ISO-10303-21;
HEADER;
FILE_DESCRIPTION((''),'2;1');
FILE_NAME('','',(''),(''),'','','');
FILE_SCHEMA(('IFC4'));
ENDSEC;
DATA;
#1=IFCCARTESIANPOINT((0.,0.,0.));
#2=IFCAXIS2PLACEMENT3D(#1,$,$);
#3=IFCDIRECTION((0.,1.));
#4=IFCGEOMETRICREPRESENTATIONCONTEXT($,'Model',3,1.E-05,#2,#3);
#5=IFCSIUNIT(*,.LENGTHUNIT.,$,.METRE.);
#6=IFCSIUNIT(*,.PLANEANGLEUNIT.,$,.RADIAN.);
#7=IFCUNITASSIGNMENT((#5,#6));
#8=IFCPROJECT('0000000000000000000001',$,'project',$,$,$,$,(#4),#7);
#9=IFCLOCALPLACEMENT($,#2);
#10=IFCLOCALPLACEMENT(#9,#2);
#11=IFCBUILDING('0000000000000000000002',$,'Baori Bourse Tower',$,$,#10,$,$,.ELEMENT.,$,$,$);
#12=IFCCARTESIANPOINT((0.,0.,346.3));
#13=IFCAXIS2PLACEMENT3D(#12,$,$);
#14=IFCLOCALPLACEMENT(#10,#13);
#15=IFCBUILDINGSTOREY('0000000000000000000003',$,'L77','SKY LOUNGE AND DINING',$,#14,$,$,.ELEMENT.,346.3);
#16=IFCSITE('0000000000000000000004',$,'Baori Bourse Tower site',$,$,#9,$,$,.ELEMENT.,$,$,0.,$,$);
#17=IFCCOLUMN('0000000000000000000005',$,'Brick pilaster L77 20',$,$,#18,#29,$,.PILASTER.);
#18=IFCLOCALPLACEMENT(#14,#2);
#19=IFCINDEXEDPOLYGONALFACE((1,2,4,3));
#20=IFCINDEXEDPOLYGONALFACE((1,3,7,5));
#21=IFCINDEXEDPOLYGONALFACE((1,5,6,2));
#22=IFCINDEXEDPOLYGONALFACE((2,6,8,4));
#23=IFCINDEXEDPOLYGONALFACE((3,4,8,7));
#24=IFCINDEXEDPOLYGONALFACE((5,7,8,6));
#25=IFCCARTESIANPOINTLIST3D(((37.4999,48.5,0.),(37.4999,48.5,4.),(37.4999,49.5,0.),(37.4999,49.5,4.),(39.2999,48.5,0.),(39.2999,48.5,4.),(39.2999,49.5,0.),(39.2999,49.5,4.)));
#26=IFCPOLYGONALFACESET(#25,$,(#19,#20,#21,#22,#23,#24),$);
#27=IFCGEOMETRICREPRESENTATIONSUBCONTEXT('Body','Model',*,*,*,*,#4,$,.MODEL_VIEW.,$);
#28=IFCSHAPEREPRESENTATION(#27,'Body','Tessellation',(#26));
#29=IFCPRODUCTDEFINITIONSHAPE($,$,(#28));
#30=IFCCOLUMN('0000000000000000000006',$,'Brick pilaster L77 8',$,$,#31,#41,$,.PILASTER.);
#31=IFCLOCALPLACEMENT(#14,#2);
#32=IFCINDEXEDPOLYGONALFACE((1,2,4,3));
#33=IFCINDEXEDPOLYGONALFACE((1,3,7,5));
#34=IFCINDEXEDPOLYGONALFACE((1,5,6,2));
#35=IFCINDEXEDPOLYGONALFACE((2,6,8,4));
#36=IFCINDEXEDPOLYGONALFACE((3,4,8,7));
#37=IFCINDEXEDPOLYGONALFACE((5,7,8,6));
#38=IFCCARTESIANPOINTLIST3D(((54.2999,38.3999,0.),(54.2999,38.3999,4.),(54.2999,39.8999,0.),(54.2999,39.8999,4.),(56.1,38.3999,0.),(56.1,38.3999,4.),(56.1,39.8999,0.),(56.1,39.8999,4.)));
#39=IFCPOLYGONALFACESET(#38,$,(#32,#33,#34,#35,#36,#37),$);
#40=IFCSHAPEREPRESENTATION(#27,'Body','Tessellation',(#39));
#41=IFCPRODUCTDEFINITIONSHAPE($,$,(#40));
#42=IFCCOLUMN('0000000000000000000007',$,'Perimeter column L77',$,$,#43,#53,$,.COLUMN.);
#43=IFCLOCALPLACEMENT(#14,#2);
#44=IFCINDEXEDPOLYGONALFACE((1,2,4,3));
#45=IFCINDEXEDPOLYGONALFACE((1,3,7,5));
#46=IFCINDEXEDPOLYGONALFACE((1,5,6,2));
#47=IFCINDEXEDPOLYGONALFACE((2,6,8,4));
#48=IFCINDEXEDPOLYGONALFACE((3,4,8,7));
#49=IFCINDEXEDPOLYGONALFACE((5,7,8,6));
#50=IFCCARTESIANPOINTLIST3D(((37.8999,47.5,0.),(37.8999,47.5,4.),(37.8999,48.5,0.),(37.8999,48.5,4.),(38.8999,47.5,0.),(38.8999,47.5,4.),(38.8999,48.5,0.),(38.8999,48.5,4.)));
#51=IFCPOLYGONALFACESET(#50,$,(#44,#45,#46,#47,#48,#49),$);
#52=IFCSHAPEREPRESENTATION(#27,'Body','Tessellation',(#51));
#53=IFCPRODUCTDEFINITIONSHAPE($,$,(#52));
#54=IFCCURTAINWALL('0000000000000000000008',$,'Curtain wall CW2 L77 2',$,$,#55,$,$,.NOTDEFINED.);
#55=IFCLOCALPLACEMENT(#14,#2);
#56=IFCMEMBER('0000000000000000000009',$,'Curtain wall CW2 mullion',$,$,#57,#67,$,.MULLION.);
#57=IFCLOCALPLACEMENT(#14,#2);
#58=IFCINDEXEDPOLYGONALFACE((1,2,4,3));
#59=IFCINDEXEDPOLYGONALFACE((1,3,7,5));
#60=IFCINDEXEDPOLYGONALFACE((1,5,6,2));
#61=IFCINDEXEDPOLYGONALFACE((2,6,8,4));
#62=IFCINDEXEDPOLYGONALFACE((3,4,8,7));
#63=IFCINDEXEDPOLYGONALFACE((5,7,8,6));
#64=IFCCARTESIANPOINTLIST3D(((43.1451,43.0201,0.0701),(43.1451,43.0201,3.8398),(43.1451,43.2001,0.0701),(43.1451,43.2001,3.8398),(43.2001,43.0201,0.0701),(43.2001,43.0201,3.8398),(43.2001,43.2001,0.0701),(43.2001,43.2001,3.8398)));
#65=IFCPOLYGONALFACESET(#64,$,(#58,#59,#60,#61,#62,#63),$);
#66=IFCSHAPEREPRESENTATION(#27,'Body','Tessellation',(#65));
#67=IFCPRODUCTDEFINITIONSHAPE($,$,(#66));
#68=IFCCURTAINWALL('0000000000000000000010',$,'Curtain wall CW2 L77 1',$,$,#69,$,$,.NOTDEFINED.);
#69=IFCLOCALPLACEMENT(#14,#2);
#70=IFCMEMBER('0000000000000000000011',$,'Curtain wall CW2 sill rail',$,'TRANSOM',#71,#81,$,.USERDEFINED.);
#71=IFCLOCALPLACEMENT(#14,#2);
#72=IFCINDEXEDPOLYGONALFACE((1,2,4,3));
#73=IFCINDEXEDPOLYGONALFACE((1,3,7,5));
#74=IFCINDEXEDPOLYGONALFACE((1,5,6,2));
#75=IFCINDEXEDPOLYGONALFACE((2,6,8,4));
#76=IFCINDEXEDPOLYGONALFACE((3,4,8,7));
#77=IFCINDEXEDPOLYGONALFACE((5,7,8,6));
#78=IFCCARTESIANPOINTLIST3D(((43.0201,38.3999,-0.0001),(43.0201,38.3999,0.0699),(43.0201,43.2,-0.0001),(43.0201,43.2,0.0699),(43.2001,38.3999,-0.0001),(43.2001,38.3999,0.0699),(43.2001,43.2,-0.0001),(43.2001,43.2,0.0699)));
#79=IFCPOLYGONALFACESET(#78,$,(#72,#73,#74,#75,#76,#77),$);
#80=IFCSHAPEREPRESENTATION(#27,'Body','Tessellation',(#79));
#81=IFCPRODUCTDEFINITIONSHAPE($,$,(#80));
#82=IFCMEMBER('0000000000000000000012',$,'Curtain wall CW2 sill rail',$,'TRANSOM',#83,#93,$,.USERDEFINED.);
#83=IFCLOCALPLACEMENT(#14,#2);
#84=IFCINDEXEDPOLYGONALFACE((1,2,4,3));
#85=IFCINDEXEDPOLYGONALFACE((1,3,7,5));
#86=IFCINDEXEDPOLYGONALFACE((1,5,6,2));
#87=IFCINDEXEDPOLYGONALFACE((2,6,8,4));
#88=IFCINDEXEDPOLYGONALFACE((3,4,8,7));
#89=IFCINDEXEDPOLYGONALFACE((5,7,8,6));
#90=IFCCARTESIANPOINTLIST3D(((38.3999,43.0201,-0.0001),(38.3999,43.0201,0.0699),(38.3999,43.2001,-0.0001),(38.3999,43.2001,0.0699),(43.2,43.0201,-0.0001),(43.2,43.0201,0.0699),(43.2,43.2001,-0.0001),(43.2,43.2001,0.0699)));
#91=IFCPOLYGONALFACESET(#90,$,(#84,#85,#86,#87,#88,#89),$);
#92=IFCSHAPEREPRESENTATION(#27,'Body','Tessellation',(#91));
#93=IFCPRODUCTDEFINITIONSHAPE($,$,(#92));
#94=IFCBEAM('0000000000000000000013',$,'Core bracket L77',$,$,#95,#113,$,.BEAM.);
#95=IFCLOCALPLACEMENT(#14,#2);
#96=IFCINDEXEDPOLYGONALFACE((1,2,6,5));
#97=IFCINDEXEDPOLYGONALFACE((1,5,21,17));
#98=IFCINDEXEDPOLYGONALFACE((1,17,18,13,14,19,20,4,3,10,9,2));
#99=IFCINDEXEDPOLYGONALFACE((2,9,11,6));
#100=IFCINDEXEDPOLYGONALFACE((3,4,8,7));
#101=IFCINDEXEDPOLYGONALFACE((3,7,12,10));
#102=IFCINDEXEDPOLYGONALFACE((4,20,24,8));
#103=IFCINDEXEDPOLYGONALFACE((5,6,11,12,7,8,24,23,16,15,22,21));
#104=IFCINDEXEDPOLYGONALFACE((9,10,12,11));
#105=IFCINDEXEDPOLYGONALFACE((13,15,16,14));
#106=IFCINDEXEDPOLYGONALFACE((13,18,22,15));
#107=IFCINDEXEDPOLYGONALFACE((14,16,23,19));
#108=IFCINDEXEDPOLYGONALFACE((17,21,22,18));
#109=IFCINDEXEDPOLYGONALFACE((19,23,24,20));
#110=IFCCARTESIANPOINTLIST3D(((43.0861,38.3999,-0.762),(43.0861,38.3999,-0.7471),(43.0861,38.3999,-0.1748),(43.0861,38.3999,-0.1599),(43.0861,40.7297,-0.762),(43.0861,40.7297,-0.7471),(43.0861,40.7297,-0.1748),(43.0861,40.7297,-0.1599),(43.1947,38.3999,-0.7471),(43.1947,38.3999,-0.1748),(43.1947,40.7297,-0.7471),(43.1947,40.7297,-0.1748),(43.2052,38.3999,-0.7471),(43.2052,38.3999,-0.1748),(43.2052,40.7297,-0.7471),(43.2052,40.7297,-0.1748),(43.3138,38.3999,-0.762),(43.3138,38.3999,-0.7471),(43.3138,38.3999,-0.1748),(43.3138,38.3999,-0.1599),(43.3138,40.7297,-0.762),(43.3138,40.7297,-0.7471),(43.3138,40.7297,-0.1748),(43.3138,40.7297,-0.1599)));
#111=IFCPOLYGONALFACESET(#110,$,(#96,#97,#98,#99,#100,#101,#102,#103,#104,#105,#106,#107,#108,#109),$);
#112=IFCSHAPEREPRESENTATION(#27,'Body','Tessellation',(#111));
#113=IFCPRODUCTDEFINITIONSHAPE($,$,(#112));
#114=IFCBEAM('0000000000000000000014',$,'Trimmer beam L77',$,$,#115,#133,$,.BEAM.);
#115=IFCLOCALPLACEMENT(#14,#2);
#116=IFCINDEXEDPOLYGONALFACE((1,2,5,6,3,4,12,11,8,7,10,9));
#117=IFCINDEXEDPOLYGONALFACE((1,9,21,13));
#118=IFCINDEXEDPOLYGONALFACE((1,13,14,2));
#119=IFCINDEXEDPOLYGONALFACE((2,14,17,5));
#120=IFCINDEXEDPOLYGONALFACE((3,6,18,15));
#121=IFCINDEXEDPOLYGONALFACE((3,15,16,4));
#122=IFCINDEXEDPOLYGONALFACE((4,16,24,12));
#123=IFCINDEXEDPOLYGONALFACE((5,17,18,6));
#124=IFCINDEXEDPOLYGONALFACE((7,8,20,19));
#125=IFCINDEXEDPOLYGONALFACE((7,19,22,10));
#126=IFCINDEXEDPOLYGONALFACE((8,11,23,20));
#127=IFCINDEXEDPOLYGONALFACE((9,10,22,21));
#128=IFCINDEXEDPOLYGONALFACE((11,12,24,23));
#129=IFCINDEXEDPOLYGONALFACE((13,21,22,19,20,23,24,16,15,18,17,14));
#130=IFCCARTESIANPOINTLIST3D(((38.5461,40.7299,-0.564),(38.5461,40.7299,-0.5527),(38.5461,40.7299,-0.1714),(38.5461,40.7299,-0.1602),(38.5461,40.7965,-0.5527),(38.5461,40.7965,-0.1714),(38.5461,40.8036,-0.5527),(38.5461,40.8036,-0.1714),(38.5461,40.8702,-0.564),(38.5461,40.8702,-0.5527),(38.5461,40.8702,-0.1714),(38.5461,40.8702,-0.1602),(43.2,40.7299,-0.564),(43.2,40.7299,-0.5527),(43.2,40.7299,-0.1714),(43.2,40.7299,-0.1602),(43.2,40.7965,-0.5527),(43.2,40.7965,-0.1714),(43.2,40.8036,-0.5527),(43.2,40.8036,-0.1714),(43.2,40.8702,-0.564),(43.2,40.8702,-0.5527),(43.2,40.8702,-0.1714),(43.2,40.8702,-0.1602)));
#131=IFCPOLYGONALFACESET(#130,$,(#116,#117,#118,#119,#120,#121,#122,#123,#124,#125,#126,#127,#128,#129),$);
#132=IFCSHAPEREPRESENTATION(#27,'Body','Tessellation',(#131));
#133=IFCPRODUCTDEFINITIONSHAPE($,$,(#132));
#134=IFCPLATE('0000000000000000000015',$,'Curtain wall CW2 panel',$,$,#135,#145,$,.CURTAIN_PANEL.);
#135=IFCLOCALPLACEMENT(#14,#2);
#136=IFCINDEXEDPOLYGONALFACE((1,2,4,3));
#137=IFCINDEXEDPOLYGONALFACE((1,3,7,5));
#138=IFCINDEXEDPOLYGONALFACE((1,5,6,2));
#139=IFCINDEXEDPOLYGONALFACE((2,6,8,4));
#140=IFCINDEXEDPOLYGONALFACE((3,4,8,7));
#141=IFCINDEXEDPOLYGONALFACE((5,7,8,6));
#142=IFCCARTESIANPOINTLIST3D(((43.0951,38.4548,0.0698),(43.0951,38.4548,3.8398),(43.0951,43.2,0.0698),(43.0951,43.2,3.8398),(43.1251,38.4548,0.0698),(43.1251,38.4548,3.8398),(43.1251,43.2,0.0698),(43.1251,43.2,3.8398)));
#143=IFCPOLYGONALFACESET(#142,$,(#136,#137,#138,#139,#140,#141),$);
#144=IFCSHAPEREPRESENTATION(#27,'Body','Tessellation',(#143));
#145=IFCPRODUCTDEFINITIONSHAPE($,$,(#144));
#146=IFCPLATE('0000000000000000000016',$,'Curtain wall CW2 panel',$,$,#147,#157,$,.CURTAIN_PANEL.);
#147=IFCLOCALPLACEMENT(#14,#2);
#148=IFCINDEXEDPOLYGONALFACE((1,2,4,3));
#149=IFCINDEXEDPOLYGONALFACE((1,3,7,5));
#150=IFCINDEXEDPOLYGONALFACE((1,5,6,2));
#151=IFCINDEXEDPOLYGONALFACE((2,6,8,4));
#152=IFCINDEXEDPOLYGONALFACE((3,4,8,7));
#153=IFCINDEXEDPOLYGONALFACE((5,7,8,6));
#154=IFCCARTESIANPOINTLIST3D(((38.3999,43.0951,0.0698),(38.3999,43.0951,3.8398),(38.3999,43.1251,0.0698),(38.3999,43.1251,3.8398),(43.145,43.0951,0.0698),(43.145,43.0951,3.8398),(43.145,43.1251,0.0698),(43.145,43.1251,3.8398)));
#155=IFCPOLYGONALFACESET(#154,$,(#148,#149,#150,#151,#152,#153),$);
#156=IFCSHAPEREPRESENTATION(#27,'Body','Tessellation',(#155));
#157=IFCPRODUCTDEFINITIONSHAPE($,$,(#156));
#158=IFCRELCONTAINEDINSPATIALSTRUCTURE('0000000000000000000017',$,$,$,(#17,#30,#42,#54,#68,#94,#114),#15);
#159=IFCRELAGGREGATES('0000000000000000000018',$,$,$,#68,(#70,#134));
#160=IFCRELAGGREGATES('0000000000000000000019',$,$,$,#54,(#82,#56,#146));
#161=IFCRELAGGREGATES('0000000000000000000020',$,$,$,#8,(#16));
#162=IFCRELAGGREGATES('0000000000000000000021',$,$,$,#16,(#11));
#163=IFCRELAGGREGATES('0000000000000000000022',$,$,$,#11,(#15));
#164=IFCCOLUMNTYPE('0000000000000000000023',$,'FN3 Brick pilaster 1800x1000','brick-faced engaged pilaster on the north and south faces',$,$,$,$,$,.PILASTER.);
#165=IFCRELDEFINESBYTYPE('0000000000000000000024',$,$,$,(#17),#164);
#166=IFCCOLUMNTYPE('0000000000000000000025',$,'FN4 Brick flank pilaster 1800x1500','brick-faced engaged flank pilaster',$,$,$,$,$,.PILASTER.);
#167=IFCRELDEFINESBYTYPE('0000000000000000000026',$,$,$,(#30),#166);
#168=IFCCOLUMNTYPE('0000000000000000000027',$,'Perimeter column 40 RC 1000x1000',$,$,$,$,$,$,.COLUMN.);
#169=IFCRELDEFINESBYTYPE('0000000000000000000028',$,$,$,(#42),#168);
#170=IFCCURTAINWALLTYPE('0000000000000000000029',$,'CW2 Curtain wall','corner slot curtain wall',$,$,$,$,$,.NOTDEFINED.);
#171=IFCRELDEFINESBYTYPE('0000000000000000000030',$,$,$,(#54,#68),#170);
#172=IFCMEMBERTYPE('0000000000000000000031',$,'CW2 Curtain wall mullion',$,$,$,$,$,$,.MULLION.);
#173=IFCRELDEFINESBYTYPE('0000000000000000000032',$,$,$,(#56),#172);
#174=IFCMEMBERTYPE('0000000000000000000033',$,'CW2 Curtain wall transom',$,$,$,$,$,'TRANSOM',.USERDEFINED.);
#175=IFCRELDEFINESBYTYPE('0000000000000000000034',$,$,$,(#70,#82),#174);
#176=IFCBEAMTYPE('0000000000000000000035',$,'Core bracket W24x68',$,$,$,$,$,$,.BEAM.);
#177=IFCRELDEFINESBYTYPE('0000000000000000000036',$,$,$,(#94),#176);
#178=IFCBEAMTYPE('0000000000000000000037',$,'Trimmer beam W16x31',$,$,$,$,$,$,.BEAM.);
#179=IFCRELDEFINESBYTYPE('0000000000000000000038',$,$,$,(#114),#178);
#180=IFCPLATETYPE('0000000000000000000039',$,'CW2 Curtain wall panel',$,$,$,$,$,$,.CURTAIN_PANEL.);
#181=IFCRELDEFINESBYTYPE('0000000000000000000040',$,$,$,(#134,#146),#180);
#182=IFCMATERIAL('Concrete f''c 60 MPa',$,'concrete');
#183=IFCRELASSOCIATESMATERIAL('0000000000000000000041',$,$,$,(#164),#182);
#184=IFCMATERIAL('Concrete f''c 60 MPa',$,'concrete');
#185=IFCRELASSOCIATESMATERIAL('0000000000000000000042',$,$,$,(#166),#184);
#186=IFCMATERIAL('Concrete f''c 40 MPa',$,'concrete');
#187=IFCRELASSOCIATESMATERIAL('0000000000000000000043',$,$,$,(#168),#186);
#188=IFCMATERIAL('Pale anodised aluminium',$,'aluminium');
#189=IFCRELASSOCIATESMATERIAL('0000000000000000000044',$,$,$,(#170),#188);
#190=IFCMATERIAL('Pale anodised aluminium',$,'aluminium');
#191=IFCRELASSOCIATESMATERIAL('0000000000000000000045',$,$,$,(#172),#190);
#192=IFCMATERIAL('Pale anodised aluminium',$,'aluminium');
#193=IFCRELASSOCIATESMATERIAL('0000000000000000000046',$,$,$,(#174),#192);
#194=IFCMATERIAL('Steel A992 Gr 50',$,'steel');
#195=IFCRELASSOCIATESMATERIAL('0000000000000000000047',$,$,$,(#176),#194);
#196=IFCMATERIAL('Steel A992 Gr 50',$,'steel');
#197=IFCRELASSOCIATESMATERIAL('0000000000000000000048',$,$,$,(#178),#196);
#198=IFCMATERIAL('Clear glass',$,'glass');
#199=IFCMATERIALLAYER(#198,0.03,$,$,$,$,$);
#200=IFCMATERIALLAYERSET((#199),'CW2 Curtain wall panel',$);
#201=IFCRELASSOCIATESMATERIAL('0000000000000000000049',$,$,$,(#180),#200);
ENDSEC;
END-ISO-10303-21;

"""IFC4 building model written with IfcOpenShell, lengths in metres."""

from ifc_helpers import new_model, si_unit, direction, frame, origin, origin_2d, place, context, subcontext, project, spatial, rectangle, i_section, extrude, material, layer, layer_set, material_profile, profile_set, type_object, element, aggregate, save


model = new_model("IFC4")

# Units and contexts
model_context = context("Model", 3, precision=1e-05, world=origin(), true_north=direction((0.0, 1.0)))
body_context = subcontext(model_context, "Body", "Model", "MODEL_VIEW")
ifc_project = project(units=[si_unit("LENGTHUNIT", "METRE"), si_unit("PLANEANGLEUNIT", "RADIAN")], contexts=[model_context])

# Site, building, storey
site_placement = place(None, origin())
site = spatial("IfcSite", under=ifc_project, at=site_placement, Name="Baori Bourse Tower site", CompositionType="ELEMENT", RefElevation=0.0)
building_placement = place(site_placement, origin())
building = spatial("IfcBuilding", under=site, at=building_placement, Name="Baori Bourse Tower", CompositionType="ELEMENT")
storey_placement = place(building_placement, frame((0.0, 0.0, 346.3)))
storey = spatial("IfcBuildingStorey", under=building, at=storey_placement, Name="L77", Description="SKY LOUNGE AND DINING", CompositionType="ELEMENT", Elevation=346.3)

# Columns
ifc_material_1 = material(Name="Concrete f'c 60 MPa", Category="concrete")
ifc_material_profile_1 = material_profile(ifc_material_1, rectangle(XDim=1.8, YDim=1.0, at=origin_2d()), Name="RC 1800x1000")
ifc_profile_set_1 = profile_set([ifc_material_profile_1], Name="Concrete f'c 60 MPa")
column_type_1 = type_object("IfcColumnType", Name="FN3 Brick pilaster 1800x1000", Description="brick-faced engaged pilaster on the north and south faces", PredefinedType="PILASTER", material=ifc_profile_set_1)
column_1_placement = place(storey_placement, frame((38.3999, 49.0, 0.0), z_axis=(0.0, 0.0, 1.0), x_axis=(1.0, 0.0, 0.0)))
element("IfcColumn", 1, at=column_1_placement, inside=storey, type_object=column_type_1, Name="Brick pilaster L77 20", PredefinedType="PILASTER", context=body_context, shape_type="SweptSolid", body=[
    extrude(rectangle(XDim=1.8, YDim=1.0, at=origin_2d()), origin(), (0.0, 0.0, 1.0), 4.0),
])
ifc_material_2 = material(Name="Concrete f'c 60 MPa", Category="concrete")
ifc_material_profile_2 = material_profile(ifc_material_2, rectangle(XDim=1.8, YDim=1.5, at=origin_2d()), Name="RC 1800x1500")
ifc_profile_set_2 = profile_set([ifc_material_profile_2], Name="Concrete f'c 60 MPa")
column_type_2 = type_object("IfcColumnType", Name="FN4 Brick flank pilaster 1800x1500", Description="brick-faced engaged flank pilaster", PredefinedType="PILASTER", material=ifc_profile_set_2)
column_2_placement = place(storey_placement, frame((55.2, 39.1499, 0.0), z_axis=(0.0, 0.0, 1.0), x_axis=(1.0, 0.0, 0.0)))
element("IfcColumn", 2, at=column_2_placement, inside=storey, type_object=column_type_2, Name="Brick pilaster L77 8", PredefinedType="PILASTER", context=body_context, shape_type="SweptSolid", body=[
    extrude(rectangle(XDim=1.8, YDim=1.5, at=origin_2d()), origin(), (0.0, 0.0, 1.0), 4.0),
])
ifc_material_3 = material(Name="Concrete f'c 40 MPa", Category="concrete")
ifc_material_profile_3 = material_profile(ifc_material_3, rectangle(XDim=1.0, YDim=1.0, at=origin_2d()), Name="RC 1000x1000")
ifc_profile_set_3 = profile_set([ifc_material_profile_3], Name="Concrete f'c 40 MPa")
column_type_3 = type_object("IfcColumnType", Name="Perimeter column 40 RC 1000x1000", PredefinedType="COLUMN", material=ifc_profile_set_3)
column_3_placement = place(storey_placement, frame((38.3999, 48.0, 0.0), z_axis=(0.0, 0.0, 1.0), x_axis=(1.0, 0.0, 0.0)))
element("IfcColumn", 3, at=column_3_placement, inside=storey, type_object=column_type_3, Name="Perimeter column L77", PredefinedType="COLUMN", context=body_context, shape_type="SweptSolid", body=[
    extrude(rectangle(XDim=1.0, YDim=1.0, at=origin_2d()), origin(), (0.0, 0.0, 1.0), 4.0),
])

# Curtain walls, members
ifc_material_4 = material(Name="Pale anodised aluminium", Category="aluminium")
curtain_wall_type = type_object("IfcCurtainWallType", Name="CW2 Curtain wall", Description="corner slot curtain wall", PredefinedType="NOTDEFINED", material=ifc_material_4)
curtain_wall_1_placement = place(storey_placement, origin())
curtain_wall_1 = element("IfcCurtainWall", 4, at=curtain_wall_1_placement, inside=storey, type_object=curtain_wall_type, Name="Curtain wall CW2 L77 2", PredefinedType="NOTDEFINED")
ifc_material_5 = material(Name="Pale anodised aluminium", Category="aluminium")
ifc_material_profile_4 = material_profile(ifc_material_5, rectangle(XDim=0.1799, YDim=0.0549, at=origin_2d()), Name="Mullion 55x180")
ifc_profile_set_4 = profile_set([ifc_material_profile_4], Name="Pale anodised aluminium")
member_type_1 = type_object("IfcMemberType", Name="CW2 Curtain wall mullion", PredefinedType="MULLION", material=ifc_profile_set_4)
member_1_placement = place(storey_placement, frame((43.1726, 43.1101, 0.0701), z_axis=(0.0, 0.0, 1.0), x_axis=(0.0, -1.0, 0.0)))
member_1 = element("IfcMember", 5, at=member_1_placement, type_object=member_type_1, Name="Curtain wall CW2 mullion", PredefinedType="MULLION", context=body_context, shape_type="SweptSolid", body=[
    extrude(rectangle(XDim=0.1799, YDim=0.0549, at=origin_2d()), origin(), (0.0, 0.0, 1.0), 3.7698),
])
curtain_wall_2_placement = place(storey_placement, origin())
curtain_wall_2 = element("IfcCurtainWall", 6, at=curtain_wall_2_placement, inside=storey, type_object=curtain_wall_type, Name="Curtain wall CW2 L77 1", PredefinedType="NOTDEFINED")
ifc_material_6 = material(Name="Pale anodised aluminium", Category="aluminium")
ifc_material_profile_5 = material_profile(ifc_material_6, rectangle(XDim=0.1799, YDim=0.0701, at=origin_2d()), Name="Transom 70x180")
ifc_profile_set_5 = profile_set([ifc_material_profile_5], Name="Pale anodised aluminium")
member_type_2 = type_object("IfcMemberType", Name="CW2 Curtain wall transom", ElementType="TRANSOM", PredefinedType="USERDEFINED", material=ifc_profile_set_5)
member_2_placement = place(storey_placement, frame((43.1101, 38.3999, 0.0349), z_axis=(0.0, 1.0, 0.0), x_axis=(-1.0, 0.0, 0.0)))
member_2 = element("IfcMember", 7, at=member_2_placement, type_object=member_type_2, Name="Curtain wall CW2 sill rail", ObjectType="TRANSOM", PredefinedType="USERDEFINED", context=body_context, shape_type="SweptSolid", body=[
    extrude(rectangle(XDim=0.1799, YDim=0.0701, at=origin_2d()), origin(), (0.0, 0.0, 1.0), 4.8),
])

# Member
member_3_placement = place(storey_placement, frame((43.2, 43.1101, 0.0349), z_axis=(-1.0, 0.0, 0.0), x_axis=(0.0, -1.0, 0.0)))
member_3 = element("IfcMember", 8, at=member_3_placement, type_object=member_type_2, Name="Curtain wall CW2 sill rail", ObjectType="TRANSOM", PredefinedType="USERDEFINED", context=body_context, shape_type="SweptSolid", body=[
    extrude(rectangle(XDim=0.1799, YDim=0.0701, at=origin_2d()), origin(), (0.0, 0.0, 1.0), 4.8),
])

# Beams
ifc_material_7 = material(Name="Steel A992 Gr 50", Category="steel")
ifc_material_profile_6 = material_profile(ifc_material_7, i_section(OverallWidth=0.2278, OverallDepth=0.6021, WebThickness=0.0105, FlangeThickness=0.0149, at=origin_2d()), Name="W24x68")
ifc_profile_set_6 = profile_set([ifc_material_profile_6], Name="Steel A992 Gr 50")
beam_type_1 = type_object("IfcBeamType", Name="Core bracket W24x68", PredefinedType="BEAM", material=ifc_profile_set_6)
beam_1_placement = place(storey_placement, frame((43.2, 38.3999, -0.4609), z_axis=(0.0, 1.0, 0.0), x_axis=(-1.0, 0.0, 0.0)))
element("IfcBeam", 9, at=beam_1_placement, inside=storey, type_object=beam_type_1, Name="Core bracket L77", PredefinedType="BEAM", context=body_context, shape_type="SweptSolid", body=[
    extrude(i_section(OverallWidth=0.2278, OverallDepth=0.6021, WebThickness=0.0105, FlangeThickness=0.0149, at=origin_2d()), origin(), (0.0, 0.0, 1.0), 2.3298),
])
ifc_material_8 = material(Name="Steel A992 Gr 50", Category="steel")
ifc_material_profile_7 = material_profile(ifc_material_8, i_section(OverallWidth=0.1404, OverallDepth=0.4038, WebThickness=0.0071, FlangeThickness=0.0112, at=origin_2d()), Name="W16x31")
ifc_profile_set_7 = profile_set([ifc_material_profile_7], Name="Steel A992 Gr 50")
beam_type_2 = type_object("IfcBeamType", Name="Trimmer beam W16x31", PredefinedType="BEAM", material=ifc_profile_set_7)
beam_2_placement = place(storey_placement, frame((38.5461, 40.8, -0.3621), z_axis=(1.0, 0.0, 0.0), x_axis=(0.0, 1.0, 0.0)))
element("IfcBeam", 10, at=beam_2_placement, inside=storey, type_object=beam_type_2, Name="Trimmer beam L77", PredefinedType="BEAM", context=body_context, shape_type="SweptSolid", body=[
    extrude(i_section(OverallWidth=0.1404, OverallDepth=0.4038, WebThickness=0.0071, FlangeThickness=0.0112, at=origin_2d()), origin(), (0.0, 0.0, 1.0), 4.6538),
])

# Plates
ifc_material_9 = material(Name="Clear glass", Category="glass")
ifc_layer_1 = layer(ifc_material_9, 0.03)
ifc_layer_set_1 = layer_set([ifc_layer_1], Name="CW2 Curtain wall panel")
plate_type = type_object("IfcPlateType", Name="CW2 Curtain wall panel", PredefinedType="CURTAIN_PANEL", material=ifc_layer_set_1)
plate_1_placement = place(storey_placement, frame((43.1101, 40.8274, 0.0698), z_axis=(0.0, 0.0, 1.0), x_axis=(0.0, 1.0, 0.0)))
plate_1 = element("IfcPlate", 11, at=plate_1_placement, type_object=plate_type, Name="Curtain wall CW2 panel", PredefinedType="CURTAIN_PANEL", context=body_context, shape_type="SweptSolid", body=[
    extrude(rectangle(XDim=4.7451, YDim=0.03, at=origin_2d()), origin(), (0.0, 0.0, 1.0), 3.77),
])
aggregate(curtain_wall_2, [member_2, plate_1])
plate_2_placement = place(storey_placement, frame((40.7725, 43.1101, 0.0698), z_axis=(0.0, 0.0, 1.0), x_axis=(-1.0, 0.0, 0.0)))
plate_2 = element("IfcPlate", 12, at=plate_2_placement, type_object=plate_type, Name="Curtain wall CW2 panel", PredefinedType="CURTAIN_PANEL", context=body_context, shape_type="SweptSolid", body=[
    extrude(rectangle(XDim=4.7451, YDim=0.03, at=origin_2d()), origin(), (0.0, 0.0, 1.0), 3.77),
])
aggregate(curtain_wall_1, [member_3, member_1, plate_2])

save(model, "model.ifc")
